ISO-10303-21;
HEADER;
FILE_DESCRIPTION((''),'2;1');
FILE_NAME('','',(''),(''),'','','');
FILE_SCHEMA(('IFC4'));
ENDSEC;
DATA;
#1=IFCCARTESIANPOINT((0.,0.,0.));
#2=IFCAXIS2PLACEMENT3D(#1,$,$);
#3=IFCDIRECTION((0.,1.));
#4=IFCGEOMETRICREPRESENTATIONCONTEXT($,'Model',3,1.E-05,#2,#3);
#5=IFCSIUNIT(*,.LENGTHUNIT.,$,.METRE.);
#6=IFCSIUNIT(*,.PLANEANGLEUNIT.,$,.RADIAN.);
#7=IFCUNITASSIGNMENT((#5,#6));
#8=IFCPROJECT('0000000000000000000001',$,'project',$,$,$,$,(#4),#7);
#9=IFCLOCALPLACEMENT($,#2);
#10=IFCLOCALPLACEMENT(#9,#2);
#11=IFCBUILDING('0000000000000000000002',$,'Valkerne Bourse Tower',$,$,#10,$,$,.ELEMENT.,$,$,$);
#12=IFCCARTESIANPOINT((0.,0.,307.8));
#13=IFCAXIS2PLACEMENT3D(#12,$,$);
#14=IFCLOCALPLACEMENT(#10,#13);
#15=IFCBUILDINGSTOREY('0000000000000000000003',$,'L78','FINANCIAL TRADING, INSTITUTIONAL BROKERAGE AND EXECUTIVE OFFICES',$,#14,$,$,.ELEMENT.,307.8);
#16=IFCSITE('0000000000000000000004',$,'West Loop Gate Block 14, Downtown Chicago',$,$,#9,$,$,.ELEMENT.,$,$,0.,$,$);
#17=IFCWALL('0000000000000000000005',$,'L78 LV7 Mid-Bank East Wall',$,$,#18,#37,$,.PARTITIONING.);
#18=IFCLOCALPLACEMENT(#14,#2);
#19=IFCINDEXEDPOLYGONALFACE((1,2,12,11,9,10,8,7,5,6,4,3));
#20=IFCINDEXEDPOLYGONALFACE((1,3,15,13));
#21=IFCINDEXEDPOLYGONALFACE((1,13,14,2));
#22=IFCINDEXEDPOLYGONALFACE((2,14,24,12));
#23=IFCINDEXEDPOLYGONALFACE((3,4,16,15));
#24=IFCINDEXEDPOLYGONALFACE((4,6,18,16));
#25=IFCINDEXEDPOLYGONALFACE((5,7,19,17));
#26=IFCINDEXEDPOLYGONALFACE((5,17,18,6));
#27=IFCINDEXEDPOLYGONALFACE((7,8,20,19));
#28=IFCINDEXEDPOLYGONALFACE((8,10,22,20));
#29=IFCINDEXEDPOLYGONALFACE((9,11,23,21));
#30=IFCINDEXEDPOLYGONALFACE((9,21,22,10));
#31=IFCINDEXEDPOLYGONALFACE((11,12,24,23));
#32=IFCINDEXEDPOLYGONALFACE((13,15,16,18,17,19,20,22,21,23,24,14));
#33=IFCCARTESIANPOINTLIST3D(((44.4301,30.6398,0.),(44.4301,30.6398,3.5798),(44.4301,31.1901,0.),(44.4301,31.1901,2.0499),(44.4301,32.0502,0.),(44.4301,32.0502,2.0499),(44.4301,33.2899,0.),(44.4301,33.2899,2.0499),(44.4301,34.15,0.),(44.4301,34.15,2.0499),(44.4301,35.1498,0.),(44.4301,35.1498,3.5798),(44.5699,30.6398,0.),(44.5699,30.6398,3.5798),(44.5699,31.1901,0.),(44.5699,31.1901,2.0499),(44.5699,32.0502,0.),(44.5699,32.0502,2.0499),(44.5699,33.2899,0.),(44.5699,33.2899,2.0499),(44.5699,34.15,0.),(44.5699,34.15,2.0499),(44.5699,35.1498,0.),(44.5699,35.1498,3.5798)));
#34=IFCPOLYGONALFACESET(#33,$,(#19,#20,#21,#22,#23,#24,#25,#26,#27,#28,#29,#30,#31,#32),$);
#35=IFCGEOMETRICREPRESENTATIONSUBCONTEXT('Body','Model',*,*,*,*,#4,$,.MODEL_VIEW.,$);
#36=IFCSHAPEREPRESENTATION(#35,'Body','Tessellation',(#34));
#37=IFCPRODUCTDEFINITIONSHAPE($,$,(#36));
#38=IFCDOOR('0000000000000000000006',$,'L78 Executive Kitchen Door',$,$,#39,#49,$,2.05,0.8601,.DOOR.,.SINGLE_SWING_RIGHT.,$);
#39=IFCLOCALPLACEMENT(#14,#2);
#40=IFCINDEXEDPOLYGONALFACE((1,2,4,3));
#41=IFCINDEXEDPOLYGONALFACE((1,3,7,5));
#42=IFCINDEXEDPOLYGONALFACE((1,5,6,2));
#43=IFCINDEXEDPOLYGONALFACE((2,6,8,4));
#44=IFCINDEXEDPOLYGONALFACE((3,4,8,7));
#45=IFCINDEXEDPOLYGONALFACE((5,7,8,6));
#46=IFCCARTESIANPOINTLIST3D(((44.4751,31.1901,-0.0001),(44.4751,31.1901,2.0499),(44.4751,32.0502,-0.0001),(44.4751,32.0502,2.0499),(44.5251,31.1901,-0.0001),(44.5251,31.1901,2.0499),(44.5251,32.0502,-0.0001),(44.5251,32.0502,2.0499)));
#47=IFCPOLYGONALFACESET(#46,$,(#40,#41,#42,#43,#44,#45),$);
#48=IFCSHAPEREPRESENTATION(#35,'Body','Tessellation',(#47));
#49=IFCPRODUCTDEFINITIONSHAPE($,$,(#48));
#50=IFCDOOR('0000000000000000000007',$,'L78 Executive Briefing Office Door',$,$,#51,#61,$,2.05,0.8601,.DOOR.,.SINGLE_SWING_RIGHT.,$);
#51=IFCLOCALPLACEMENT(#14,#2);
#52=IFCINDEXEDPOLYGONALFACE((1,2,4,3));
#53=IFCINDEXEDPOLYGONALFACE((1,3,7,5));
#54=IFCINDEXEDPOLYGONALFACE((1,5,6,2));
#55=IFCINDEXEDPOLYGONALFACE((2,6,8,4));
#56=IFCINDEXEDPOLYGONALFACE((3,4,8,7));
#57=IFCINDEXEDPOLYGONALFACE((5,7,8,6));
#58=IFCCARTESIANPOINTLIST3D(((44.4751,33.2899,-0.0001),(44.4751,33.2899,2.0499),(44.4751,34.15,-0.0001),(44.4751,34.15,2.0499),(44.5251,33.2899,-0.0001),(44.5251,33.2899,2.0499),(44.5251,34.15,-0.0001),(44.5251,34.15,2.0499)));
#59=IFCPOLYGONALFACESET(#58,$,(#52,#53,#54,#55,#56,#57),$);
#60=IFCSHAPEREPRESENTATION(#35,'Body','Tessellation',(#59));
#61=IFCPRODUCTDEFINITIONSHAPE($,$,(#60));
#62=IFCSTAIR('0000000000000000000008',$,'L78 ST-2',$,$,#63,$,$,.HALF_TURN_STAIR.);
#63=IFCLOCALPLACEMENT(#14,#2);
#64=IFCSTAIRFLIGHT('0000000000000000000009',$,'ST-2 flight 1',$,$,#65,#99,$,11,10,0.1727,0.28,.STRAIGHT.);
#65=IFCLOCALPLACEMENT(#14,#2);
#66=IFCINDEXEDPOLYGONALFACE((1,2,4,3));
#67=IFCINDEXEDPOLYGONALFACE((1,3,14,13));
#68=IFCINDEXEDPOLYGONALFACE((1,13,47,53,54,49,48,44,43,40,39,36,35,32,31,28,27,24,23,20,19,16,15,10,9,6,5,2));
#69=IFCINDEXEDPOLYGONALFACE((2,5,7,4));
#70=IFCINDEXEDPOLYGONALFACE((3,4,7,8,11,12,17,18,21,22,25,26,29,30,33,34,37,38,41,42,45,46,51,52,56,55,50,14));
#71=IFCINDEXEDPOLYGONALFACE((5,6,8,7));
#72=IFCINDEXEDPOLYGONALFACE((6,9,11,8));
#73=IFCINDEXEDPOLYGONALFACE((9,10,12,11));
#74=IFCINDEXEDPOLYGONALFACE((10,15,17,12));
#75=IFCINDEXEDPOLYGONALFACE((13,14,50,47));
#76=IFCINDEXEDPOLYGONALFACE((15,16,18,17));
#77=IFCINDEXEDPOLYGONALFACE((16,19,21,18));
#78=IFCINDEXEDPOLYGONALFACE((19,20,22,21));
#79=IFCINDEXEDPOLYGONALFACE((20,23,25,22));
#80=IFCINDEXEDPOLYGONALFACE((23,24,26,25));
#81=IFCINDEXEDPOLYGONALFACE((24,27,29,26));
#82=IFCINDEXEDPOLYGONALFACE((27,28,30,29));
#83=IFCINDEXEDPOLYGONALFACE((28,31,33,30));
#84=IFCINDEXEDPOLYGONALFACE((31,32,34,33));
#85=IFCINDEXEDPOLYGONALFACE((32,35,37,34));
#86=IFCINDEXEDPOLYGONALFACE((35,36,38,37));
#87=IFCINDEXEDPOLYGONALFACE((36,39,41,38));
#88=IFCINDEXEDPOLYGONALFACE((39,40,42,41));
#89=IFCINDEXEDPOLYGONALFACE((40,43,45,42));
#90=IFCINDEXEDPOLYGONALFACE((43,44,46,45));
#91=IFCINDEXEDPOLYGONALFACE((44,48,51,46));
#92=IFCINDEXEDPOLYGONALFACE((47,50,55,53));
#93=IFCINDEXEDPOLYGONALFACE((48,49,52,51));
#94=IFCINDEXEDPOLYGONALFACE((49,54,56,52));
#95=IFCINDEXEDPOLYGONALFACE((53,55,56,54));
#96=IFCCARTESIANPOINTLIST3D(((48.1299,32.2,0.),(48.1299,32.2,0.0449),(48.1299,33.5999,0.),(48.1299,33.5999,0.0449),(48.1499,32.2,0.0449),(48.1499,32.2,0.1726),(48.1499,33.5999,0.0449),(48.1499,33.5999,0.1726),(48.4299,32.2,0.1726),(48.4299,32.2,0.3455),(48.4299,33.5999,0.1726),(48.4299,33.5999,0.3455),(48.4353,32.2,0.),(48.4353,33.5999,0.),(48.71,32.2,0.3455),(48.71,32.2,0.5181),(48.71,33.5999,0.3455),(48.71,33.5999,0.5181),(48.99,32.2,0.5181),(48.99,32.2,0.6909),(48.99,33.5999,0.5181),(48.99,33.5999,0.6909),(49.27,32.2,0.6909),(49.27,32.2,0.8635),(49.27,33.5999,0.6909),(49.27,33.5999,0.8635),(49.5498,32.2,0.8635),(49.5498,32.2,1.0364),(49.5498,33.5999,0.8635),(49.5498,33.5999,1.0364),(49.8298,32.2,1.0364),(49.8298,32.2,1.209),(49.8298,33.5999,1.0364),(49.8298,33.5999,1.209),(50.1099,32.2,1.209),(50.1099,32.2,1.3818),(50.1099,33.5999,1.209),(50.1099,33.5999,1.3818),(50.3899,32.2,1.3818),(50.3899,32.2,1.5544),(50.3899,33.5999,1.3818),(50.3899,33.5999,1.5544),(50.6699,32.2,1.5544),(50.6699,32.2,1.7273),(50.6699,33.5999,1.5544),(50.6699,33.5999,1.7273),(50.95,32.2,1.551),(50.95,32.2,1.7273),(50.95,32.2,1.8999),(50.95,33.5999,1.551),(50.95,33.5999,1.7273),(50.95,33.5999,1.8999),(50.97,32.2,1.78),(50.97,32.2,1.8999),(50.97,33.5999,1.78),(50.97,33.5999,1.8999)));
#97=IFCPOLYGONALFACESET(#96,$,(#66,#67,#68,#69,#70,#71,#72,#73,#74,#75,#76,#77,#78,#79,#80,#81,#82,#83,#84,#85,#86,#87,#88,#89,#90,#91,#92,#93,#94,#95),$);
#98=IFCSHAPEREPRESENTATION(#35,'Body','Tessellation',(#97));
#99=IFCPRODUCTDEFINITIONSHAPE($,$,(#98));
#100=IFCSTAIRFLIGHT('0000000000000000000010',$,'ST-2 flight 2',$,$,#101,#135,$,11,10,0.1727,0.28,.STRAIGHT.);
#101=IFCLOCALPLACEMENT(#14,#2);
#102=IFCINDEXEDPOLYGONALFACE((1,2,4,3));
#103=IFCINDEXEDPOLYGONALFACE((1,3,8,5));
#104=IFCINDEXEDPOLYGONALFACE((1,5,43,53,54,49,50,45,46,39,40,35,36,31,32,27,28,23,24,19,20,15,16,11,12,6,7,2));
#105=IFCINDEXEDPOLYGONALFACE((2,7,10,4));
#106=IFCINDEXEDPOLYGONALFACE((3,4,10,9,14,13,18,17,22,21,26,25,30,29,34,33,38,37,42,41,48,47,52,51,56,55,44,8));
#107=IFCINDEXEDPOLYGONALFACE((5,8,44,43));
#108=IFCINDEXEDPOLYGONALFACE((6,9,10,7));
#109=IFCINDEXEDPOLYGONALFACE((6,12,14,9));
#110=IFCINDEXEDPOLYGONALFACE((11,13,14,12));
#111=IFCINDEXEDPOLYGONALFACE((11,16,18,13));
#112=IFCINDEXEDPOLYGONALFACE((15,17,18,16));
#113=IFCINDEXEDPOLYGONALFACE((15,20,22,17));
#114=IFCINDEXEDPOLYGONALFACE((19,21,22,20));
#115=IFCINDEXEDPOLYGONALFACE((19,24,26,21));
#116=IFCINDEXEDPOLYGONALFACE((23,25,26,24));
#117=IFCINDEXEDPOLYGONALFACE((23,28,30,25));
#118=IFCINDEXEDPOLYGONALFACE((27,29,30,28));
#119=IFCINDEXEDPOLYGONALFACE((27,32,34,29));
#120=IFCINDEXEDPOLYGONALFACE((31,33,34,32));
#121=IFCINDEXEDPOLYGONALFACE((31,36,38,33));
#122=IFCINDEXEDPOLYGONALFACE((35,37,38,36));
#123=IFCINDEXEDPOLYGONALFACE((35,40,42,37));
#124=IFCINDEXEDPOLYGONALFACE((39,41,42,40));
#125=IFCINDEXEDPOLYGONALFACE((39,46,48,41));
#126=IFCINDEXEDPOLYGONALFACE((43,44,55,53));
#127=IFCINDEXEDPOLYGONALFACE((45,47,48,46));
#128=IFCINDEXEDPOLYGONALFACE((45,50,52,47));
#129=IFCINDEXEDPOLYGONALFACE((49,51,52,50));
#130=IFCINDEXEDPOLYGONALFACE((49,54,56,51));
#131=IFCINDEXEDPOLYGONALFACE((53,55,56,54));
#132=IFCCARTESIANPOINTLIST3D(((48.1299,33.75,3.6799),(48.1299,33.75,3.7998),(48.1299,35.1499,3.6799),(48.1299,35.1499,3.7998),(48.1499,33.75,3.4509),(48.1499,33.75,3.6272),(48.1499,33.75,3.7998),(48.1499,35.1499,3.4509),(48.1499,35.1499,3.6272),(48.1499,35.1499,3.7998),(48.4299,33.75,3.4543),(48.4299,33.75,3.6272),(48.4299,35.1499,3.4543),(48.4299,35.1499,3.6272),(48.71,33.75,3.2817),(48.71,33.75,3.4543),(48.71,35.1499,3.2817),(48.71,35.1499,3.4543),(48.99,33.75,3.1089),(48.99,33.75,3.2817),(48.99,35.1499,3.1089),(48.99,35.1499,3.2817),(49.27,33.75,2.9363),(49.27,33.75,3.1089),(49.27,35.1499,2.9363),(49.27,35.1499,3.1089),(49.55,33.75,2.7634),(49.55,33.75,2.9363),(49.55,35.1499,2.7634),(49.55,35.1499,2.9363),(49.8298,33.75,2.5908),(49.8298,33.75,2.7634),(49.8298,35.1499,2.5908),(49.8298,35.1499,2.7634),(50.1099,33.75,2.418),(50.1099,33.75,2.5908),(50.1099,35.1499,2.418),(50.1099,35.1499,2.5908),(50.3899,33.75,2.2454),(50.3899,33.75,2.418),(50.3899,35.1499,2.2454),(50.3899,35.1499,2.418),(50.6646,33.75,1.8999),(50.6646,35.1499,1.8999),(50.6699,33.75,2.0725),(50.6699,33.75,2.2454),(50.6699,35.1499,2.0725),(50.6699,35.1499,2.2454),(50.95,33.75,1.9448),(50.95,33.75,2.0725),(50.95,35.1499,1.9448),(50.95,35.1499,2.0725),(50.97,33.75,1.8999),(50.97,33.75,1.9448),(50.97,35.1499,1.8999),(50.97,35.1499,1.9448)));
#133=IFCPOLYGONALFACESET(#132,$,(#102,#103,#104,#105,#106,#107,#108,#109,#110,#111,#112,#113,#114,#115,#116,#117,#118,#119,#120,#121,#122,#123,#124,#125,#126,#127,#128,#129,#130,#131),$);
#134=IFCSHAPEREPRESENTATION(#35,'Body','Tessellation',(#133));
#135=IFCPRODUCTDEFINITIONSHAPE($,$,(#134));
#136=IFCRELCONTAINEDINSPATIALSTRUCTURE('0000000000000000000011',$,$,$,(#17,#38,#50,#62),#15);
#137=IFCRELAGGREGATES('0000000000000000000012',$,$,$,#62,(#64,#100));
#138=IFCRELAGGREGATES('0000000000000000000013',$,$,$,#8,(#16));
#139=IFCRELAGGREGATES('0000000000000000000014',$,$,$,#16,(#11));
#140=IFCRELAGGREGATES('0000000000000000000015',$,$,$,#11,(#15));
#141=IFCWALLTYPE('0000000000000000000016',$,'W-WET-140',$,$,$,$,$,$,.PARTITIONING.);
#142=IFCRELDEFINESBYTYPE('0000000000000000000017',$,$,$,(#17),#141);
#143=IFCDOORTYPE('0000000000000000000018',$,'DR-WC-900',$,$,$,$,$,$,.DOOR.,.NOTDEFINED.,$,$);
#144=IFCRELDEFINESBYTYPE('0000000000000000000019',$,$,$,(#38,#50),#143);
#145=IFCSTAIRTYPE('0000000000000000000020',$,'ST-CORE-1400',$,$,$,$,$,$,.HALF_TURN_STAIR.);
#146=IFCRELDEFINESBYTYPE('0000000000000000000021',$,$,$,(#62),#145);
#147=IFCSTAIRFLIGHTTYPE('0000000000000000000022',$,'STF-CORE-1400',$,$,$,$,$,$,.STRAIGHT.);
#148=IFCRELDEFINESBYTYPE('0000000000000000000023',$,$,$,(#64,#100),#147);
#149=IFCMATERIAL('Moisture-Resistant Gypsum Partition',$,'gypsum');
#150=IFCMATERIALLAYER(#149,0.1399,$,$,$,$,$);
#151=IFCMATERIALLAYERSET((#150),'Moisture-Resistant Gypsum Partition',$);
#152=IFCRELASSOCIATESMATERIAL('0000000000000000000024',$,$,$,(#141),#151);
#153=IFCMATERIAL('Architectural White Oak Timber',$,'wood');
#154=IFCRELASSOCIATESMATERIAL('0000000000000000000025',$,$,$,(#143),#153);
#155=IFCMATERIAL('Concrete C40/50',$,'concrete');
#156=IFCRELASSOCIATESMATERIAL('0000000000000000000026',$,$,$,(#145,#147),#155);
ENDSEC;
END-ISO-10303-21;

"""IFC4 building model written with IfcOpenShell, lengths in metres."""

from ifc_helpers import new_model, si_unit, direction, frame, frame_2d, origin, place, context, subcontext, project, spatial, polyline, rectangle, outline, extrude, material, layer, layer_set, type_object, element, fill, aggregate, save


model = new_model("IFC4")

# Units and contexts
model_context = context("Model", 3, precision=1e-05, world=origin(), true_north=direction((0.0, 1.0)))
body_context = subcontext(model_context, "Body", "Model", "MODEL_VIEW")
ifc_project = project(units=[si_unit("LENGTHUNIT", "METRE"), si_unit("PLANEANGLEUNIT", "RADIAN")], contexts=[model_context])

# Site, building, storey
site_placement = place(None, origin())
site = spatial("IfcSite", under=ifc_project, at=site_placement, Name="West Loop Gate Block 14, Downtown Chicago", CompositionType="ELEMENT", RefElevation=0.0)
building_placement = place(site_placement, origin())
building = spatial("IfcBuilding", under=site, at=building_placement, Name="Valkerne Bourse Tower", CompositionType="ELEMENT")
storey_placement = place(building_placement, frame((0.0, 0.0, 307.8)))
storey = spatial("IfcBuildingStorey", under=building, at=storey_placement, Name="L78", Description="FINANCIAL TRADING, INSTITUTIONAL BROKERAGE AND EXECUTIVE OFFICES", CompositionType="ELEMENT", Elevation=307.8)

# Shared definitions
ifc_material_1 = material(Name="Concrete C40/50", Category="concrete")

# Wall, openings, doors
ifc_material_2 = material(Name="Moisture-Resistant Gypsum Partition", Category="gypsum")
ifc_layer_1 = layer(ifc_material_2, 0.1399)
ifc_layer_set_1 = layer_set([ifc_layer_1], Name="Moisture-Resistant Gypsum Partition")
wall_type_1 = type_object("IfcWallType", Name="W-WET-140", PredefinedType="PARTITIONING", material=ifc_layer_set_1)
wall_1_placement = place(storey_placement, frame((44.5, 30.6399, 0.0), z_axis=(0.0, 0.0, 1.0), x_axis=(0.0, 1.0, 0.0)))
wall_1 = element("IfcWall", 1, at=wall_1_placement, inside=storey, type_object=wall_type_1, Name="L78 LV7 Mid-Bank East Wall", PredefinedType="PARTITIONING", context=body_context, shape_type="SweptSolid", body=[
    extrude(rectangle(XDim=4.51, YDim=0.1399, at=frame_2d((2.2549, 0.0))), origin(), (0.0, 0.0, 1.0), 3.5798),
])
opening_1_placement = place(wall_1_placement, frame((0.55, 0.0, 0.0)))
opening_1 = element("IfcOpeningElement", 2, at=opening_1_placement, cuts=wall_1, PredefinedType="OPENING", context=body_context, shape_type="SweptSolid", body=[
    extrude(rectangle(XDim=0.8601, YDim=2.05, at=frame_2d((0.4302, 1.0249))), frame((0.0, 0.0798, 0.0), z_axis=(0.0, -1.0, 0.0), x_axis=(1.0, 0.0, 0.0)), (0.0, 0.0, 1.0), 0.1599),
])
opening_2_placement = place(wall_1_placement, frame((2.6499, 0.0, 0.0)))
opening_2 = element("IfcOpeningElement", 3, at=opening_2_placement, cuts=wall_1, PredefinedType="OPENING", context=body_context, shape_type="SweptSolid", body=[
    extrude(rectangle(XDim=0.8601, YDim=2.05, at=frame_2d((0.4302, 1.0249))), frame((0.0, 0.0798, 0.0), z_axis=(0.0, -1.0, 0.0), x_axis=(1.0, 0.0, 0.0)), (0.0, 0.0, 1.0), 0.1599),
])
ifc_material_3 = material(Name="Architectural White Oak Timber", Category="wood")
door_type_1 = type_object("IfcDoorType", Name="DR-WC-900", OperationType="NOTDEFINED", PredefinedType="DOOR", material=ifc_material_3)
door_1_placement = place(opening_1_placement, origin())
door_1 = element("IfcDoor", 4, at=door_1_placement, inside=storey, type_object=door_type_1, Name="L78 Executive Kitchen Door", OperationType="SINGLE_SWING_RIGHT", OverallHeight=2.05, OverallWidth=0.8601, PredefinedType="DOOR", context=body_context, shape_type="SweptSolid", body=[
    extrude(rectangle(XDim=0.8601, YDim=2.05, at=frame_2d((0.4302, 1.0249))), frame((0.0, 0.0249, 0.0), z_axis=(0.0, -1.0, 0.0), x_axis=(1.0, 0.0, 0.0)), (0.0, 0.0, 1.0), 0.05),
])
fill(opening_1, door_1)
door_2_placement = place(opening_2_placement, origin())
door_2 = element("IfcDoor", 5, at=door_2_placement, inside=storey, type_object=door_type_1, Name="L78 Executive Briefing Office Door", OperationType="SINGLE_SWING_RIGHT", OverallHeight=2.05, OverallWidth=0.8601, PredefinedType="DOOR", context=body_context, shape_type="SweptSolid", body=[
    extrude(rectangle(XDim=0.8601, YDim=2.05, at=frame_2d((0.4302, 1.0249))), frame((0.0, 0.0249, 0.0), z_axis=(0.0, -1.0, 0.0), x_axis=(1.0, 0.0, 0.0)), (0.0, 0.0, 1.0), 0.05),
])
fill(opening_2, door_2)

# Stair, stair flights
stair_type = type_object("IfcStairType", Name="ST-CORE-1400", PredefinedType="HALF_TURN_STAIR", material=ifc_material_1)
stair_placement = place(storey_placement, origin())
stair = element("IfcStair", 6, at=stair_placement, inside=storey, type_object=stair_type, Name="L78 ST-2", PredefinedType="HALF_TURN_STAIR")
stair_flight_type = type_object("IfcStairFlightType", Name="STF-CORE-1400", PredefinedType="STRAIGHT", material=ifc_material_1)
stair_flight_1_placement = place(storey_placement, frame((48.1499, 32.8999, 0.0), z_axis=(0.0, 0.0, 1.0), x_axis=(1.0, 0.0, 0.0)))
stair_flight_1 = element("IfcStairFlight", 7, at=stair_flight_1_placement, type_object=stair_flight_type, Name="ST-2 flight 1", NumberOfRisers=11, NumberOfTreads=10, PredefinedType="STRAIGHT", RiserHeight=0.1727, TreadLength=0.28, context=body_context, shape_type="SweptSolid", body=[
    extrude(outline(polyline([(-0.02, 0.0), (-0.02, 0.0449), (0.0, 0.0449), (0.0, 0.1726), (0.28, 0.1726), (0.28, 0.3455), (0.5601, 0.3455), (0.5601, 0.5181), (0.8401, 0.5181), (0.8401, 0.6909), (1.1201, 0.6909), (1.1201, 0.8635), (1.3999, 0.8635), (1.3999, 1.0364), (1.6799, 1.0364), (1.6799, 1.209), (1.96, 1.209), (1.96, 1.3818), (2.24, 1.3818), (2.24, 1.5544), (2.52, 1.5544), (2.52, 1.7273), (2.8, 1.7273), (2.8, 1.8999), (2.8201, 1.8999), (2.8201, 1.78), (2.8, 1.551), (0.2854, 0.0), (-0.02, 0.0)])), frame((0.0, 0.7, 0.0), z_axis=(0.0, -1.0, 0.0), x_axis=(1.0, 0.0, 0.0)), (0.0, 0.0, 1.0), 1.3999),
])
stair_flight_2_placement = place(storey_placement, frame((50.95, 34.45, 1.8999), z_axis=(0.0, 0.0, 1.0), x_axis=(-1.0, 0.0, 0.0)))
stair_flight_2 = element("IfcStairFlight", 8, at=stair_flight_2_placement, type_object=stair_flight_type, Name="ST-2 flight 2", NumberOfRisers=11, NumberOfTreads=10, PredefinedType="STRAIGHT", RiserHeight=0.1727, TreadLength=0.28, context=body_context, shape_type="SweptSolid", body=[
    extrude(outline(polyline([(-0.02, 0.0), (-0.02, 0.0449), (0.0, 0.0449), (0.0, 0.1726), (0.28, 0.1726), (0.28, 0.3455), (0.5601, 0.3455), (0.5601, 0.5181), (0.8401, 0.5181), (0.8401, 0.6909), (1.1201, 0.6909), (1.1201, 0.8635), (1.3999, 0.8635), (1.3999, 1.0364), (1.6799, 1.0364), (1.6799, 1.209), (1.96, 1.209), (1.96, 1.3818), (2.24, 1.3818), (2.24, 1.5544), (2.52, 1.5544), (2.52, 1.7273), (2.8, 1.7273), (2.8, 1.8999), (2.8201, 1.8999), (2.8201, 1.78), (2.8, 1.551), (0.2854, 0.0), (-0.02, 0.0)])), frame((0.0, 0.7, 0.0), z_axis=(0.0, -1.0, 0.0), x_axis=(1.0, 0.0, 0.0)), (0.0, 0.0, 1.0), 1.3999),
])
aggregate(stair, [stair_flight_1, stair_flight_2])

save(model, "model.ifc")
